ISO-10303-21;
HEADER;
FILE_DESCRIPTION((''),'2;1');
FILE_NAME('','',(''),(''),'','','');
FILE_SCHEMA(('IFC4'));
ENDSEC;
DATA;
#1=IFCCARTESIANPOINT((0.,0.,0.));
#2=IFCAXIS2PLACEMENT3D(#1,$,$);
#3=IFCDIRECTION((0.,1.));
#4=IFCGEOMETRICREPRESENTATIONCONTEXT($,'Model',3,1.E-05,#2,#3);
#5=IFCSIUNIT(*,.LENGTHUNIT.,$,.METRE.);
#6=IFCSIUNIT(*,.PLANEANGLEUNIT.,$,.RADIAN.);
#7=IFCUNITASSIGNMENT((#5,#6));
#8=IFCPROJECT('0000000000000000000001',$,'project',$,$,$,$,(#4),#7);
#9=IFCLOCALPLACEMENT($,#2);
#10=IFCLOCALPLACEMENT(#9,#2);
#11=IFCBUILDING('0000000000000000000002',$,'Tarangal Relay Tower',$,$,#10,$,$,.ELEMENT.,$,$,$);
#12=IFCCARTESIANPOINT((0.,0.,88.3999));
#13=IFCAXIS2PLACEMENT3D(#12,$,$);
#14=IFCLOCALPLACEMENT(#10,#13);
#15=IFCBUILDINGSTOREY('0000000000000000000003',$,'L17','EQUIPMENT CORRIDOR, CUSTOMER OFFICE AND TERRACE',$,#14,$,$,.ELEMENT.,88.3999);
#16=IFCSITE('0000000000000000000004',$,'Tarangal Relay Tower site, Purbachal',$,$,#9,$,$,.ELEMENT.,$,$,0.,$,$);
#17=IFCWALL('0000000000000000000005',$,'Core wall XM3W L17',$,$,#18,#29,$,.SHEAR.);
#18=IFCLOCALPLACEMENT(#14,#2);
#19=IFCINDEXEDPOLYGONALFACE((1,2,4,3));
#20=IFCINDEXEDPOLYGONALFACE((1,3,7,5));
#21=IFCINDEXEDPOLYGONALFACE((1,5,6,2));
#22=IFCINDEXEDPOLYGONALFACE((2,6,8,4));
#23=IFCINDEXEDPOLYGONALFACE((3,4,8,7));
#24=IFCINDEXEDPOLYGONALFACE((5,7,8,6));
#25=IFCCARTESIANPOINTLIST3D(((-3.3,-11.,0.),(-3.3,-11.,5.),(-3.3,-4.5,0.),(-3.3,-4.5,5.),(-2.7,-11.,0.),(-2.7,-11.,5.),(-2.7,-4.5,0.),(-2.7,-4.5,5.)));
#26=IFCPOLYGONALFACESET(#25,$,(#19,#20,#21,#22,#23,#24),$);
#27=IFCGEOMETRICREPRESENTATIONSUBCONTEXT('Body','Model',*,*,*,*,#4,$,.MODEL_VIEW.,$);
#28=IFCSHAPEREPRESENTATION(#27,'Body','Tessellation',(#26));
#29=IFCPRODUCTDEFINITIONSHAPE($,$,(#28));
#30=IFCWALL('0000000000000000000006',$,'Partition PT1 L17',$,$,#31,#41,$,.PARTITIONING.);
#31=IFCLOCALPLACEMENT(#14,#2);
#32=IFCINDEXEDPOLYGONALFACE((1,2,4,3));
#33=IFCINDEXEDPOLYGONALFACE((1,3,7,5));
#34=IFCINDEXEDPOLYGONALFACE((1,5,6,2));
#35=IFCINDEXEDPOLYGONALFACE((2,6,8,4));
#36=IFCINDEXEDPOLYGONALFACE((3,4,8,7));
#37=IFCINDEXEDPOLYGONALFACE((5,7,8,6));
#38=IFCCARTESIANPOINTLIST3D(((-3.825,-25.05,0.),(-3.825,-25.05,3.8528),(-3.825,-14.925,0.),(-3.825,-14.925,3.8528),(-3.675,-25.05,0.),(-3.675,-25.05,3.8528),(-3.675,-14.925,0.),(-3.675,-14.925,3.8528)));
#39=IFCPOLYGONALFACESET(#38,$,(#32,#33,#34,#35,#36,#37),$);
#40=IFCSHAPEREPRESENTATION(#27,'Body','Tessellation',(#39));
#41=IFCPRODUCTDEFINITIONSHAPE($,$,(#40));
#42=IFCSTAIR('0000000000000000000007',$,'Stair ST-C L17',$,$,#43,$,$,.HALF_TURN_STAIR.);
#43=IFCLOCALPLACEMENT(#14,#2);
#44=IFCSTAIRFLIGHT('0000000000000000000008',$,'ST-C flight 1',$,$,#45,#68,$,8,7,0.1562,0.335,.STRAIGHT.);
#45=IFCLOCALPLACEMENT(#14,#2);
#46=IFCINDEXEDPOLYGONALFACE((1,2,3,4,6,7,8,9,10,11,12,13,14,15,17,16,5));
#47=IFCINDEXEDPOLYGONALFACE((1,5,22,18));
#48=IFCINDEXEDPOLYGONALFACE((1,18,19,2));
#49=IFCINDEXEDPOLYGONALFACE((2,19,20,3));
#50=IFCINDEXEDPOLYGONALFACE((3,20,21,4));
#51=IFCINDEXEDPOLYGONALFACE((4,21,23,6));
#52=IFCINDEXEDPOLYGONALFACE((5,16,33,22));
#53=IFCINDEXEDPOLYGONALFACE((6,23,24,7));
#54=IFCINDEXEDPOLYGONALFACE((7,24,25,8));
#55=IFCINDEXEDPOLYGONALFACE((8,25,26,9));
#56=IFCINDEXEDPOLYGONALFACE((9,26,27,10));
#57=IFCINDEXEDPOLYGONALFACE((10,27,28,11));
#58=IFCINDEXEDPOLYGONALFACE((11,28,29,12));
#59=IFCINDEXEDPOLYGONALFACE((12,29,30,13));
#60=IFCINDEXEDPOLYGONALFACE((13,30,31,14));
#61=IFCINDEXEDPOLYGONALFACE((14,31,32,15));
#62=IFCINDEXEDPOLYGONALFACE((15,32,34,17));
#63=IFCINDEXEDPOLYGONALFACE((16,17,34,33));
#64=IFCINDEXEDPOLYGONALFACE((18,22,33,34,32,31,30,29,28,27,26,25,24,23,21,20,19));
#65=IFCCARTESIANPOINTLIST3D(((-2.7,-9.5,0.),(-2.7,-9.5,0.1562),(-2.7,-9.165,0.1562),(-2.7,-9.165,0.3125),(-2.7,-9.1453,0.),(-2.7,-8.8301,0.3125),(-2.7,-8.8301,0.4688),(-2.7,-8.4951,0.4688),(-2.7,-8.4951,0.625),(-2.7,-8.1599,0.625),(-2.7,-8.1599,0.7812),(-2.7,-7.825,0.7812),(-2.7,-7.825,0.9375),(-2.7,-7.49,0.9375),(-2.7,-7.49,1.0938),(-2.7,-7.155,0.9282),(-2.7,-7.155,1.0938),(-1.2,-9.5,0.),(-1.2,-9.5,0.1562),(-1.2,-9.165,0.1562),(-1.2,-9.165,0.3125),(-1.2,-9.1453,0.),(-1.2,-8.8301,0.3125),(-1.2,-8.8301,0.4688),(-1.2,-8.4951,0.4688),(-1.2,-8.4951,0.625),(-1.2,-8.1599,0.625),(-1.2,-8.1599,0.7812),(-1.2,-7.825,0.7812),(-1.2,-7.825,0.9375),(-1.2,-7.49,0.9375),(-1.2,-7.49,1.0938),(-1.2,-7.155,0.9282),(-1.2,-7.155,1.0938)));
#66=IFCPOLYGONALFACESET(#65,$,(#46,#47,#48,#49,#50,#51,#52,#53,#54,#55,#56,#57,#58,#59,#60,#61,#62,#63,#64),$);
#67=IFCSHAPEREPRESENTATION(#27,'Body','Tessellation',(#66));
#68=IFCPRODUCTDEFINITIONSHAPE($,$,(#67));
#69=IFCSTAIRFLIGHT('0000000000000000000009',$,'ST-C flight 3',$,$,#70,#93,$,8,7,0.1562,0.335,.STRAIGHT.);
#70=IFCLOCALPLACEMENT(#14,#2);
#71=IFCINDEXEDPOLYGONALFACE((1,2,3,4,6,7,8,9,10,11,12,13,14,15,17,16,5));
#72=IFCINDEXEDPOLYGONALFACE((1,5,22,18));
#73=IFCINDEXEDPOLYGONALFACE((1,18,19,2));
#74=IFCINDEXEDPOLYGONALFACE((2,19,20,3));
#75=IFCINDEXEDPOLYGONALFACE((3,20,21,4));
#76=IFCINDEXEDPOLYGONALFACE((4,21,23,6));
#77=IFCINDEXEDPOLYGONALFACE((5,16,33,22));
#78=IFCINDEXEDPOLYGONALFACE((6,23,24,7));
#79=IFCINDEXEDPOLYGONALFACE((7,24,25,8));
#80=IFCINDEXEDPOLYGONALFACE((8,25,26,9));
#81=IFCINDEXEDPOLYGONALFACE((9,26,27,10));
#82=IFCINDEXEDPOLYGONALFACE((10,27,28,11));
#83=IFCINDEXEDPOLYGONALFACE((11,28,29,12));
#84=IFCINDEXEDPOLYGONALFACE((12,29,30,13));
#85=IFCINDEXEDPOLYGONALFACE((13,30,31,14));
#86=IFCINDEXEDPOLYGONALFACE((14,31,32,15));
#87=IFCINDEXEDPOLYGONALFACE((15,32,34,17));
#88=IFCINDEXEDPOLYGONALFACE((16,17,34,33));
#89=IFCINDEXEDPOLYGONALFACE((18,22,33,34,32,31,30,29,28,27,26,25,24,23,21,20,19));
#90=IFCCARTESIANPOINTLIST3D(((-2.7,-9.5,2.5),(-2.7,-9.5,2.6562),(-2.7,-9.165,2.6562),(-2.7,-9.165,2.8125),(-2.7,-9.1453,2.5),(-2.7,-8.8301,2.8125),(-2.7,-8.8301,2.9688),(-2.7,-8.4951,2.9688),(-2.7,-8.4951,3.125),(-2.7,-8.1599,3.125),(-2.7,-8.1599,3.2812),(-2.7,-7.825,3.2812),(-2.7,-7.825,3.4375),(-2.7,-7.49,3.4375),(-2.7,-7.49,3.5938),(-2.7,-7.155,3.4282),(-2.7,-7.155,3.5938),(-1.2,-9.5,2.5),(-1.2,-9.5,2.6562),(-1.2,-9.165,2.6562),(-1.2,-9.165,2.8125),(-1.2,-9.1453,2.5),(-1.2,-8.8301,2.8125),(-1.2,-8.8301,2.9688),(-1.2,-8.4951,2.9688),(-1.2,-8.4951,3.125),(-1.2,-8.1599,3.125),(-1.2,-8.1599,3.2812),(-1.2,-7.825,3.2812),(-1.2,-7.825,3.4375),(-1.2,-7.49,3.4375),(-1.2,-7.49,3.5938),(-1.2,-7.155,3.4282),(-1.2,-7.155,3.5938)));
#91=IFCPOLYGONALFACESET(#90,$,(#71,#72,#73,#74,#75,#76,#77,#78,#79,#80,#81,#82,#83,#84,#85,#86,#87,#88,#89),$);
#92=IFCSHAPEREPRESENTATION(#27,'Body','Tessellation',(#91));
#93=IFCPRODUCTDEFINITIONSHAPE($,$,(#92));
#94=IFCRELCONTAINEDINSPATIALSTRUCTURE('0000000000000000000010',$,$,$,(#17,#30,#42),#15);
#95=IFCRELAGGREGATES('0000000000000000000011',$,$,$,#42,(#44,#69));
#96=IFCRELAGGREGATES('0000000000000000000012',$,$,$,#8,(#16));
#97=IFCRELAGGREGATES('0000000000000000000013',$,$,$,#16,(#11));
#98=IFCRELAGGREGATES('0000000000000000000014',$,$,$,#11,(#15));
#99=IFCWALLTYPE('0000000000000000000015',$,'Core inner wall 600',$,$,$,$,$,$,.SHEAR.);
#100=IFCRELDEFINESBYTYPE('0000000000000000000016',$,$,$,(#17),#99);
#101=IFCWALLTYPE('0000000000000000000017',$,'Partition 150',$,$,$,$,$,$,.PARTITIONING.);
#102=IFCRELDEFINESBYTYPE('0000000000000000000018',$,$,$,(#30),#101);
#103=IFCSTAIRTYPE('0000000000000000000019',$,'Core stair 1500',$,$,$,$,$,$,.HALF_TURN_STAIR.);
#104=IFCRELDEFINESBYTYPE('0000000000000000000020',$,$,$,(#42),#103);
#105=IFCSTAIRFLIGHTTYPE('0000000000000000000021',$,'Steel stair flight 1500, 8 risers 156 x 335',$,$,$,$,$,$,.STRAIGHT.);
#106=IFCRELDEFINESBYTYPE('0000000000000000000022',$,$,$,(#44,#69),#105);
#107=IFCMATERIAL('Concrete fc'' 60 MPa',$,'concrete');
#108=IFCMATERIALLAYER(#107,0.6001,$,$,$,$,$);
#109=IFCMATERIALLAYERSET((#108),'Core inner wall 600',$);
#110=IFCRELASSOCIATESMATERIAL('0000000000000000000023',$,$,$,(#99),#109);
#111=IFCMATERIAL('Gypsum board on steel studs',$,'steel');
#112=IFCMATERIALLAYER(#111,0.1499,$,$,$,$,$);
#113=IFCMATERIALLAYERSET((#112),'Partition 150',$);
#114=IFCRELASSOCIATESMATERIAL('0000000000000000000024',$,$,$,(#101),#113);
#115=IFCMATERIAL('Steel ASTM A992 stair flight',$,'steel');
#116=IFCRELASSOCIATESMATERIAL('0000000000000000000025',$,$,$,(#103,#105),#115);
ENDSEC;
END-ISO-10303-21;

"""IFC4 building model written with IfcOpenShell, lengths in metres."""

from ifc_helpers import new_model, si_unit, direction, frame, frame_2d, origin, place, context, subcontext, project, spatial, polyline, rectangle, outline, extrude, material, layer, layer_set, type_object, element, aggregate, save


model = new_model("IFC4")

# Units and contexts
model_context = context("Model", 3, precision=1e-05, world=origin(), true_north=direction((0.0, 1.0)))
body_context = subcontext(model_context, "Body", "Model", "MODEL_VIEW")
ifc_project = project(units=[si_unit("LENGTHUNIT", "METRE"), si_unit("PLANEANGLEUNIT", "RADIAN")], contexts=[model_context])

# Site, building, storey
site_placement = place(None, origin())
site = spatial("IfcSite", under=ifc_project, at=site_placement, Name="Tarangal Relay Tower site, Purbachal", CompositionType="ELEMENT", RefElevation=0.0)
building_placement = place(site_placement, origin())
building = spatial("IfcBuilding", under=site, at=building_placement, Name="Tarangal Relay Tower", CompositionType="ELEMENT")
storey_placement = place(building_placement, frame((0.0, 0.0, 88.3999)))
storey = spatial("IfcBuildingStorey", under=building, at=storey_placement, Name="L17", Description="EQUIPMENT CORRIDOR, CUSTOMER OFFICE AND TERRACE", CompositionType="ELEMENT", Elevation=88.3999)

# Shared definitions
ifc_material_1 = material(Name="Concrete fc' 60 MPa", Category="concrete")
ifc_layer_1 = layer(ifc_material_1, 0.6001)
ifc_layer_set_1 = layer_set([ifc_layer_1], Name="Core inner wall 600")
wall_type_1 = type_object("IfcWallType", Name="Core inner wall 600", PredefinedType="SHEAR", material=ifc_layer_set_1)

# Walls
wall_1_placement = place(storey_placement, frame((-3.0, -11.0, 0.0), z_axis=(0.0, 0.0, 1.0), x_axis=(0.0, 1.0, 0.0)))
element("IfcWall", 1, at=wall_1_placement, inside=storey, type_object=wall_type_1, Name="Core wall XM3W L17", PredefinedType="SHEAR", context=body_context, shape_type="SweptSolid", body=[
    extrude(rectangle(XDim=6.5, YDim=0.6001, at=frame_2d((3.25, 0.0))), origin(), (0.0, 0.0, 1.0), 5.0),
])
ifc_material_2 = material(Name="Gypsum board on steel studs", Category="steel")
ifc_layer_2 = layer(ifc_material_2, 0.1499)
ifc_layer_set_2 = layer_set([ifc_layer_2], Name="Partition 150")
wall_type_2 = type_object("IfcWallType", Name="Partition 150", PredefinedType="PARTITIONING", material=ifc_layer_set_2)
wall_2_placement = place(storey_placement, frame((-3.75, -25.05, 0.0), z_axis=(0.0, 0.0, 1.0), x_axis=(0.0, 1.0, 0.0)))
element("IfcWall", 2, at=wall_2_placement, inside=storey, type_object=wall_type_2, Name="Partition PT1 L17", PredefinedType="PARTITIONING", context=body_context, shape_type="SweptSolid", body=[
    extrude(rectangle(XDim=10.125, YDim=0.1499, at=frame_2d((5.0625, 0.0))), origin(), (0.0, 0.0, 1.0), 3.8528),
])

# Stair, stair flights
ifc_material_3 = material(Name="Steel ASTM A992 stair flight", Category="steel")
stair_type = type_object("IfcStairType", Name="Core stair 1500", PredefinedType="HALF_TURN_STAIR", material=ifc_material_3)
stair_placement = place(storey_placement, origin())
stair = element("IfcStair", 3, at=stair_placement, inside=storey, type_object=stair_type, Name="Stair ST-C L17", PredefinedType="HALF_TURN_STAIR")
stair_flight_type = type_object("IfcStairFlightType", Name="Steel stair flight 1500, 8 risers 156 x 335", PredefinedType="STRAIGHT", material=ifc_material_3)
stair_flight_1_placement = place(storey_placement, frame((-1.95, -9.5, 0.0), z_axis=(0.0, 0.0, 1.0), x_axis=(0.0, 1.0, 0.0)))
stair_flight_1 = element("IfcStairFlight", 4, at=stair_flight_1_placement, type_object=stair_flight_type, Name="ST-C flight 1", NumberOfRisers=8, NumberOfTreads=7, PredefinedType="STRAIGHT", RiserHeight=0.1562, TreadLength=0.335, context=body_context, shape_type="SweptSolid", body=[
    extrude(outline(polyline([(0.0, 0.0), (0.0, 0.1562), (0.335, 0.1562), (0.335, 0.3125), (0.6699, 0.3125), (0.6699, 0.4688), (1.0049, 0.4688), (1.0049, 0.625), (1.3401, 0.625), (1.3401, 0.7812), (1.675, 0.7812), (1.675, 0.9375), (2.01, 0.9375), (2.01, 1.0938), (2.345, 1.0938), (2.345, 1.25), (2.345, 0.9282), (0.3547, 0.0), (0.0, 0.0)])), frame((0.0, 0.75, 0.0), z_axis=(0.0, -1.0, 0.0), x_axis=(1.0, 0.0, 0.0)), (0.0, 0.0, 1.0), 1.5),
])
stair_flight_2_placement = place(storey_placement, frame((-1.95, -9.5, 2.5), z_axis=(0.0, 0.0, 1.0), x_axis=(0.0, 1.0, 0.0)))
stair_flight_2 = element("IfcStairFlight", 5, at=stair_flight_2_placement, type_object=stair_flight_type, Name="ST-C flight 3", NumberOfRisers=8, NumberOfTreads=7, PredefinedType="STRAIGHT", RiserHeight=0.1562, TreadLength=0.335, context=body_context, shape_type="SweptSolid", body=[
    extrude(outline(polyline([(0.0, 0.0), (0.0, 0.1562), (0.335, 0.1562), (0.335, 0.3125), (0.6699, 0.3125), (0.6699, 0.4688), (1.0049, 0.4688), (1.0049, 0.625), (1.3401, 0.625), (1.3401, 0.7812), (1.675, 0.7812), (1.675, 0.9375), (2.01, 0.9375), (2.01, 1.0938), (2.345, 1.0938), (2.345, 1.25), (2.345, 0.9282), (0.3547, 0.0), (0.0, 0.0)])), frame((0.0, 0.75, 0.0), z_axis=(0.0, -1.0, 0.0), x_axis=(1.0, 0.0, 0.0)), (0.0, 0.0, 1.0), 1.5),
])
aggregate(stair, [stair_flight_1, stair_flight_2])

save(model, "model.ifc")
